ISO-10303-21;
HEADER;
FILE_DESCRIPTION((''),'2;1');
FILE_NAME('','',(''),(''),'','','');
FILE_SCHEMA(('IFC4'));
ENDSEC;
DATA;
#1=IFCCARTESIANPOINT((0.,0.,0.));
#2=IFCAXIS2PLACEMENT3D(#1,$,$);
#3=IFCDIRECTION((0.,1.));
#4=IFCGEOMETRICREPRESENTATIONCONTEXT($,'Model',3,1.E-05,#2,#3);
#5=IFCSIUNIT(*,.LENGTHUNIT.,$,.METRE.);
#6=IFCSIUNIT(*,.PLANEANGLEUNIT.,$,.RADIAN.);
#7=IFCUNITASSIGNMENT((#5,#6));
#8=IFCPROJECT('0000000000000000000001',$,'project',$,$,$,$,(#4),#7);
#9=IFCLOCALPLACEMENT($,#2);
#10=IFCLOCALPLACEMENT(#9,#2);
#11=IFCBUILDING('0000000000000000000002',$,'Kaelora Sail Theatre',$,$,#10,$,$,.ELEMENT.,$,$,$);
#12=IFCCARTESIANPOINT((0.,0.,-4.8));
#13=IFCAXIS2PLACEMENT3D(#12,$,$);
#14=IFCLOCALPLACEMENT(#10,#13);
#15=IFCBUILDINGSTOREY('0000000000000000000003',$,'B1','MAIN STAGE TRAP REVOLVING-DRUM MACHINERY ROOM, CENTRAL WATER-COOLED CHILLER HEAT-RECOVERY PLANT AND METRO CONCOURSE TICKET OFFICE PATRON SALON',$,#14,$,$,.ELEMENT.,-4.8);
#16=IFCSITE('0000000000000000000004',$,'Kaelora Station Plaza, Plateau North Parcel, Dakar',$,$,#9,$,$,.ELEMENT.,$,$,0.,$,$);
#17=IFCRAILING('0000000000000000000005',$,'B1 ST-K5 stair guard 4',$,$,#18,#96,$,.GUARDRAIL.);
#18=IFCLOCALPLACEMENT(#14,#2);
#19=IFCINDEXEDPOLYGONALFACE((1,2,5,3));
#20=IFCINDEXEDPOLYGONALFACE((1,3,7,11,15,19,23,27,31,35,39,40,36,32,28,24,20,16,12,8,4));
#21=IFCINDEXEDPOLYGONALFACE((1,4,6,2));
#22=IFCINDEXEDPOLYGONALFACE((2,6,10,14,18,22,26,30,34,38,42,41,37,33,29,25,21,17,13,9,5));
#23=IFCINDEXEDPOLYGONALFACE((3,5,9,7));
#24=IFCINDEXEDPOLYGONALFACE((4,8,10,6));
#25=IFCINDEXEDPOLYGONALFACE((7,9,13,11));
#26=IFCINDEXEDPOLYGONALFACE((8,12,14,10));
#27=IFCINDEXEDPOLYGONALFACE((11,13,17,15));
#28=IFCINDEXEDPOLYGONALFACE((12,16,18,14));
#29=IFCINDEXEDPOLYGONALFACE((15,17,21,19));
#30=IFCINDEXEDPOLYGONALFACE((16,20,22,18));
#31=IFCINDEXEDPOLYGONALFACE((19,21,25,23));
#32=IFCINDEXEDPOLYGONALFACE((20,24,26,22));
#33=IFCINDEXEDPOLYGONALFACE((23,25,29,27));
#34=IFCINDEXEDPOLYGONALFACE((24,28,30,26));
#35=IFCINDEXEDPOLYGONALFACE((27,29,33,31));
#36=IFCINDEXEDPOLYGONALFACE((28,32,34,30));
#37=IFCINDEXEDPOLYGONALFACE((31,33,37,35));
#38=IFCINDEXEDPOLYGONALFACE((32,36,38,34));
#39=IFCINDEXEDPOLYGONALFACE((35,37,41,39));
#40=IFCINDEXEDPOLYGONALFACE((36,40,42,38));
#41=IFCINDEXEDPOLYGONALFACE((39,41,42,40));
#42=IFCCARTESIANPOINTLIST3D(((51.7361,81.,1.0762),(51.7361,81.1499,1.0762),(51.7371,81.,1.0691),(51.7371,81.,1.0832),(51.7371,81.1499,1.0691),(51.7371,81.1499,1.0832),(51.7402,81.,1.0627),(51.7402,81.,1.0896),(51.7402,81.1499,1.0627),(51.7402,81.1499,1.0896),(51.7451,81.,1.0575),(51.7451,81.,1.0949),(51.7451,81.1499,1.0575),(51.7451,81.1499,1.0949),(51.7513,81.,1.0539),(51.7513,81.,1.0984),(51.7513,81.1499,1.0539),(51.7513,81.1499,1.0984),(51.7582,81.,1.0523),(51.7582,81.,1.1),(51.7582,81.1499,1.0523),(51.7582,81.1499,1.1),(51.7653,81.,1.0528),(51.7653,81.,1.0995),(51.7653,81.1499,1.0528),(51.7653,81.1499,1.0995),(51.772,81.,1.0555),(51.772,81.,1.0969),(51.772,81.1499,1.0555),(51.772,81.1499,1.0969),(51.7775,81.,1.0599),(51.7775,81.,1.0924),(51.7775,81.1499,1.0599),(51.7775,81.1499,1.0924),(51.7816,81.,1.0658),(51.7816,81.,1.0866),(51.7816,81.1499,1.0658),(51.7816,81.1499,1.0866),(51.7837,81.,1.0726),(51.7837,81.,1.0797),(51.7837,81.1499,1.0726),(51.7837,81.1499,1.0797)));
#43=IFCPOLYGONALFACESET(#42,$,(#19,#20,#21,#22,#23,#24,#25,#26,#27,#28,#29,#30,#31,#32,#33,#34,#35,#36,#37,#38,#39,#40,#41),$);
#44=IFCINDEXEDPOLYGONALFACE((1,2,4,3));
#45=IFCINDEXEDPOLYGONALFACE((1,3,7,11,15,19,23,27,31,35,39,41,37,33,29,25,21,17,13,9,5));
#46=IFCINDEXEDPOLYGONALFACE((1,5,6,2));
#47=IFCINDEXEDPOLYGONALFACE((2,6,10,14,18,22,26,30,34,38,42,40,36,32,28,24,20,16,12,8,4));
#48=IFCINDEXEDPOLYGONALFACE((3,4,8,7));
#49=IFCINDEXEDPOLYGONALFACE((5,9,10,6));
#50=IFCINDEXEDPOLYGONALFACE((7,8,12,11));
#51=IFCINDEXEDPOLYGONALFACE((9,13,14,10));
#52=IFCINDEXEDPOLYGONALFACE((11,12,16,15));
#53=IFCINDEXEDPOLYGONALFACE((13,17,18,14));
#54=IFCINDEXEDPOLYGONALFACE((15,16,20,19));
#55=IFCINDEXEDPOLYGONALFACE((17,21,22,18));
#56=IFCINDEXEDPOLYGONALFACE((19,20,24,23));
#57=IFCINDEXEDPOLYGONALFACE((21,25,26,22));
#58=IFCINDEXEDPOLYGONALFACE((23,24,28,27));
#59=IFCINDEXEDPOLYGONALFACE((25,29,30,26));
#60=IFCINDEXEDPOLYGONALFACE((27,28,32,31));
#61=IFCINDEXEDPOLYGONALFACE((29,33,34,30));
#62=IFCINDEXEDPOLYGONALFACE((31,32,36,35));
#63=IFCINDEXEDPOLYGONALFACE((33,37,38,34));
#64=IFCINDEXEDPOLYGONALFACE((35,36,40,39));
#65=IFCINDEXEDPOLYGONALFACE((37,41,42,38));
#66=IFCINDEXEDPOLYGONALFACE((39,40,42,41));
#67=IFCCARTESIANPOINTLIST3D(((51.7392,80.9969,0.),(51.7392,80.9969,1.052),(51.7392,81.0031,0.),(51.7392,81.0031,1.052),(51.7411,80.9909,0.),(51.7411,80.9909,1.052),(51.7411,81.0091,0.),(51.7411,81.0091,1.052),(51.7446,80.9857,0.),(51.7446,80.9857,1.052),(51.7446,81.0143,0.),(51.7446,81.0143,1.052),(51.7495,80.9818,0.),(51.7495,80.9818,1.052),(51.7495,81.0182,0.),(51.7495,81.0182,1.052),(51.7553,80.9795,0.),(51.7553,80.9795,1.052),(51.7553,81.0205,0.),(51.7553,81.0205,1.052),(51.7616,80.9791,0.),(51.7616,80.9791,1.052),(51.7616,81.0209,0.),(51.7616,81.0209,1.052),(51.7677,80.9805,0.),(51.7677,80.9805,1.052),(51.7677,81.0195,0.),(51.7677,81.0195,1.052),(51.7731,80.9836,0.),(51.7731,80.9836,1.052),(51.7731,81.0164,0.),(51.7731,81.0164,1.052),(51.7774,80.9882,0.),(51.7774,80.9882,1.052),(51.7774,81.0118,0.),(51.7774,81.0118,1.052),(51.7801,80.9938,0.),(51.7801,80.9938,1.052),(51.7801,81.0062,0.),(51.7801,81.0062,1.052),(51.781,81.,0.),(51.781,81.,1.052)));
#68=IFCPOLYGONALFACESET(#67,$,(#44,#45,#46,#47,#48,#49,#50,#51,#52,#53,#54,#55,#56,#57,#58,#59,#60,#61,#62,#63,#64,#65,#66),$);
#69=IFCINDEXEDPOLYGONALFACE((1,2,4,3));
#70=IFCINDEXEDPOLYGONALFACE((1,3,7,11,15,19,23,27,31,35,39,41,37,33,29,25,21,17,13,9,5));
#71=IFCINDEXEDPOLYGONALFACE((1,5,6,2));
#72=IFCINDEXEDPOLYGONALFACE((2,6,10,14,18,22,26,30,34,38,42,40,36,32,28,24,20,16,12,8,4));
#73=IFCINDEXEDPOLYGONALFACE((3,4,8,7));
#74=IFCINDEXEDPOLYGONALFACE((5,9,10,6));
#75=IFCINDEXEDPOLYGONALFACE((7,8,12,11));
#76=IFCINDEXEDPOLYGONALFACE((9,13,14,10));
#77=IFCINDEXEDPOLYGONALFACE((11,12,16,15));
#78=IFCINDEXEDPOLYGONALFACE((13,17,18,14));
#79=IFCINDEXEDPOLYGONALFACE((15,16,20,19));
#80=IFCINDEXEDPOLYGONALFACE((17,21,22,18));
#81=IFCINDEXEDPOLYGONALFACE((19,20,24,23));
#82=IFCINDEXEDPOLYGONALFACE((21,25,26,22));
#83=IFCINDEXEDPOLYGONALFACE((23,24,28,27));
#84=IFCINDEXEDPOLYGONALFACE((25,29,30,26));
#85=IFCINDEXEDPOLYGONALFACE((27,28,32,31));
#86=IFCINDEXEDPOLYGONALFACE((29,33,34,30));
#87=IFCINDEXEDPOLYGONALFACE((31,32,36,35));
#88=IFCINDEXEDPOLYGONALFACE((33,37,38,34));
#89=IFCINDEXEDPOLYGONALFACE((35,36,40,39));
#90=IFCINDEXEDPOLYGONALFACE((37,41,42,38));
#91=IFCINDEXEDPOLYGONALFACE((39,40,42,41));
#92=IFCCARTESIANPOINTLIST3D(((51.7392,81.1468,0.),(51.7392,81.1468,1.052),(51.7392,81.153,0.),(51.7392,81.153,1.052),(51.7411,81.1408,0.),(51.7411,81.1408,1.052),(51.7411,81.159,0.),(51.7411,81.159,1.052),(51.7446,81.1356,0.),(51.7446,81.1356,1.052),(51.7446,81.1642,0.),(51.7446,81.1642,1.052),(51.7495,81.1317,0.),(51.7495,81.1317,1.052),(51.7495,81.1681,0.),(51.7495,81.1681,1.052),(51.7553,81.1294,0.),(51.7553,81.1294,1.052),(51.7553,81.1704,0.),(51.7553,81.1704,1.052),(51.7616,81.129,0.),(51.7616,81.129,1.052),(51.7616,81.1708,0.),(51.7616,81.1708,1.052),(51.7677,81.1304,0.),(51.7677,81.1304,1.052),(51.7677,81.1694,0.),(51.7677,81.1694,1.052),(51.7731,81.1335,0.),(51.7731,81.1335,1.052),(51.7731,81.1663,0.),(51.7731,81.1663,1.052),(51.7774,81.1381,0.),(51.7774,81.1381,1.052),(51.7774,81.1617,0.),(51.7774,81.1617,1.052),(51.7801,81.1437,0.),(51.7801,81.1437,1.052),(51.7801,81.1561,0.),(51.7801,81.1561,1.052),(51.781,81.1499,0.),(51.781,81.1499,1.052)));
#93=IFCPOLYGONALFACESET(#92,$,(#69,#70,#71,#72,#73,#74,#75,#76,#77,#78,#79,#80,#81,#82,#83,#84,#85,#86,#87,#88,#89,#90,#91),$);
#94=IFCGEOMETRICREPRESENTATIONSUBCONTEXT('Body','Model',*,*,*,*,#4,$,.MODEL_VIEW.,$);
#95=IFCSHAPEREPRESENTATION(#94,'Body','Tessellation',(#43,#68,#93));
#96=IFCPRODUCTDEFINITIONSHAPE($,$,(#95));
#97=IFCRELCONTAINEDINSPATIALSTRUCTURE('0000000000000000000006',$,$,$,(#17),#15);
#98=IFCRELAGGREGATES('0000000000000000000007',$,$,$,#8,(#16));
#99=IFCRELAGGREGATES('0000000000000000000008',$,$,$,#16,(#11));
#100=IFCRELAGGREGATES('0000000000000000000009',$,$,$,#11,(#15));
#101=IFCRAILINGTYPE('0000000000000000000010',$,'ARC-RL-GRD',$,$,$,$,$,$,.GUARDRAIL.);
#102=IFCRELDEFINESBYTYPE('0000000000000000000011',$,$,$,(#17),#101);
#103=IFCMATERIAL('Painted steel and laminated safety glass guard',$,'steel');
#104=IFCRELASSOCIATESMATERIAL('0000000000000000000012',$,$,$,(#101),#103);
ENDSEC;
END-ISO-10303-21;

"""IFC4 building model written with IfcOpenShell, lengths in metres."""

from ifc_helpers import new_model, si_unit, direction, frame, origin, origin_2d, place, context, subcontext, project, spatial, circle, extrude, material, type_object, element, save


model = new_model("IFC4")

# Units and contexts
model_context = context("Model", 3, precision=1e-05, world=origin(), true_north=direction((0.0, 1.0)))
body_context = subcontext(model_context, "Body", "Model", "MODEL_VIEW")
ifc_project = project(units=[si_unit("LENGTHUNIT", "METRE"), si_unit("PLANEANGLEUNIT", "RADIAN")], contexts=[model_context])

# Site, building, storey
site_placement = place(None, origin())
site = spatial("IfcSite", under=ifc_project, at=site_placement, Name="Kaelora Station Plaza, Plateau North Parcel, Dakar", CompositionType="ELEMENT", RefElevation=0.0)
building_placement = place(site_placement, origin())
building = spatial("IfcBuilding", under=site, at=building_placement, Name="Kaelora Sail Theatre", CompositionType="ELEMENT")
storey_placement = place(building_placement, frame((0.0, 0.0, -4.8)))
storey = spatial("IfcBuildingStorey", under=building, at=storey_placement, Name="B1", Description="MAIN STAGE TRAP REVOLVING-DRUM MACHINERY ROOM, CENTRAL WATER-COOLED CHILLER HEAT-RECOVERY PLANT AND METRO CONCOURSE TICKET OFFICE PATRON SALON", CompositionType="ELEMENT", Elevation=-4.8)

# Railing
ifc_material_1 = material(Name="Painted steel and laminated safety glass guard", Category="steel")
railing_type_1 = type_object("IfcRailingType", Name="ARC-RL-GRD", PredefinedType="GUARDRAIL", material=ifc_material_1)
railing_1_placement = place(storey_placement, frame((51.76, 81.0, 0.0)))
element("IfcRailing", 1, at=railing_1_placement, inside=storey, type_object=railing_type_1, Name="B1 ST-K5 stair guard 4", PredefinedType="GUARDRAIL", context=body_context, shape_type="SweptSolid", body=[
    extrude(circle(Radius=0.0239, at=origin_2d()), frame((0.0, 0.0, 1.0762), z_axis=(0.0, 1.0, 0.0), x_axis=(-1.0, 0.0, 0.0)), (0.0, 0.0, 1.0), 0.1499),
    extrude(circle(Radius=0.021, at=origin_2d()), origin(), (0.0, 0.0, 1.0), 1.052),
    extrude(circle(Radius=0.021, at=origin_2d()), frame((0.0, 0.1499, 0.0)), (0.0, 0.0, 1.0), 1.052),
])

save(model, "model.ifc")
